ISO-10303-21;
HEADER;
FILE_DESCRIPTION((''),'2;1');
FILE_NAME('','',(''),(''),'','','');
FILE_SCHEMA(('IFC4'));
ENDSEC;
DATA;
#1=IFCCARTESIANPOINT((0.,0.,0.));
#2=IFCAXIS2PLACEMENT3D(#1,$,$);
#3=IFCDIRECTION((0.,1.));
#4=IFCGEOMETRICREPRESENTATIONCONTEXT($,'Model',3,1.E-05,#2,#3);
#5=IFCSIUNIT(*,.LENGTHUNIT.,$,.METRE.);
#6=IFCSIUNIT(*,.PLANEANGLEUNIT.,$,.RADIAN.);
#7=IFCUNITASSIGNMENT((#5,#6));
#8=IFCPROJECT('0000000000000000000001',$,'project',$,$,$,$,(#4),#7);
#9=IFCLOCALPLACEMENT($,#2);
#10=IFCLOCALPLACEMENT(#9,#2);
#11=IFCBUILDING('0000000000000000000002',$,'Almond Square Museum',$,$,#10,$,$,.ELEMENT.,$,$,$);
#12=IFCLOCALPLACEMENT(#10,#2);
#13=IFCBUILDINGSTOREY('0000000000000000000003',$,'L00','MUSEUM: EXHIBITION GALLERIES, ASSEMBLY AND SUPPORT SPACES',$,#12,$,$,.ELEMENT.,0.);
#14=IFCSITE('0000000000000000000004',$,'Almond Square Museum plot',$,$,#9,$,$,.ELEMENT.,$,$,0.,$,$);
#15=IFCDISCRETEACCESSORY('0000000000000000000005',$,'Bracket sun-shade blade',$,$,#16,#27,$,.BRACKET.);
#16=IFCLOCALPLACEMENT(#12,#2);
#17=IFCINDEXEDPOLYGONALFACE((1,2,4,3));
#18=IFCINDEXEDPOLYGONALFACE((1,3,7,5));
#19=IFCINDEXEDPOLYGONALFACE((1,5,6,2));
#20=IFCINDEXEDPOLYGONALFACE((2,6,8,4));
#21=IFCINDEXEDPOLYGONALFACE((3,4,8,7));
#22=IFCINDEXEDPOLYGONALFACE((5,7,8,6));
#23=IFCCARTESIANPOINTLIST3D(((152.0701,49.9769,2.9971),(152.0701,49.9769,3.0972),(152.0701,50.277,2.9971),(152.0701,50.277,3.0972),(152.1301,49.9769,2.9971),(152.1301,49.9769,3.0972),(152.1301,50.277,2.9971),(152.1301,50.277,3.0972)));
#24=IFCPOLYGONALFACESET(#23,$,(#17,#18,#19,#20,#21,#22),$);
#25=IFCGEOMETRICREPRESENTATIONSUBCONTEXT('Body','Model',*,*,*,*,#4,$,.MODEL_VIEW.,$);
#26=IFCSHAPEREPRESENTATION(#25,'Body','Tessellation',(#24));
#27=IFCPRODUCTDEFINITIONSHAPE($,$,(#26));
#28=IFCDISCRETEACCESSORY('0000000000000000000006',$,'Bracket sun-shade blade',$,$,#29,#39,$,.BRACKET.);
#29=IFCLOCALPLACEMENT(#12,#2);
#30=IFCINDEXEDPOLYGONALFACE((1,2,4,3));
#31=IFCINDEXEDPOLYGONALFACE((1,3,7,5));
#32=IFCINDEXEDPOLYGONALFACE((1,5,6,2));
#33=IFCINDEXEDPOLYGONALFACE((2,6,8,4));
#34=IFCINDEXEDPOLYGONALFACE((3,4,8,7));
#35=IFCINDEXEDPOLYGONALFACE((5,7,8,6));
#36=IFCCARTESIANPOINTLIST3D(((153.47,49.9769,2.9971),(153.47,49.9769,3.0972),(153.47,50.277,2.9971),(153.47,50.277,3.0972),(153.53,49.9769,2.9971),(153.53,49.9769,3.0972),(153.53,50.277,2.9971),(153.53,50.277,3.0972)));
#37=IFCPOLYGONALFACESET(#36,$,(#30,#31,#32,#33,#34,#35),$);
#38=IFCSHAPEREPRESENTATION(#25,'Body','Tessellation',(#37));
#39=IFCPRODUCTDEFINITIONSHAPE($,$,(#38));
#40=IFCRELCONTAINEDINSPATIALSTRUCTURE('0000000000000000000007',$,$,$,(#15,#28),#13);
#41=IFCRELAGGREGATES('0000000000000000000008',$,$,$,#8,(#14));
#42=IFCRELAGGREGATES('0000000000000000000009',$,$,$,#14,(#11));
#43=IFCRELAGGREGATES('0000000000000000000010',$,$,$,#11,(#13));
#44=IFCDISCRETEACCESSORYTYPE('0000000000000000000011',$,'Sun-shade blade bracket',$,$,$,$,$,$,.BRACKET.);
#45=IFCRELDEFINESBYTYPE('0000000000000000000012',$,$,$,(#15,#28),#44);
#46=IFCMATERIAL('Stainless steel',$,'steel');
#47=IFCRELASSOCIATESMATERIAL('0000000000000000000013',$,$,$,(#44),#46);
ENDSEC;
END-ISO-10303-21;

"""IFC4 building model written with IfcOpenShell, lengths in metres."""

from ifc_helpers import new_model, si_unit, direction, frame, origin, origin_2d, place, context, subcontext, project, spatial, rectangle, extrude, material, type_object, element, save


model = new_model("IFC4")

# Units and contexts
model_context = context("Model", 3, precision=1e-05, world=origin(), true_north=direction((0.0, 1.0)))
body_context = subcontext(model_context, "Body", "Model", "MODEL_VIEW")
ifc_project = project(units=[si_unit("LENGTHUNIT", "METRE"), si_unit("PLANEANGLEUNIT", "RADIAN")], contexts=[model_context])

# Site, building, storey
site_placement = place(None, origin())
site = spatial("IfcSite", under=ifc_project, at=site_placement, Name="Almond Square Museum plot", CompositionType="ELEMENT", RefElevation=0.0)
building_placement = place(site_placement, origin())
building = spatial("IfcBuilding", under=site, at=building_placement, Name="Almond Square Museum", CompositionType="ELEMENT")
storey_placement = place(building_placement, origin())
storey = spatial("IfcBuildingStorey", under=building, at=storey_placement, Name="L00", Description="MUSEUM: EXHIBITION GALLERIES, ASSEMBLY AND SUPPORT SPACES", CompositionType="ELEMENT", Elevation=0.0)

# Discrete accessories
ifc_material_1 = material(Name="Stainless steel", Category="steel")
discrete_accessory_type = type_object("IfcDiscreteAccessoryType", Name="Sun-shade blade bracket", PredefinedType="BRACKET", material=ifc_material_1)
for number, where, z_axis, x_axis, name in (
    (1, (152.1001, 50.127, 2.9971), (0.0, 0.0, 1.0), (1.0, 0.0, 0.0), "Bracket sun-shade blade"),
    (2, (153.5, 50.127, 2.9971), (0.0, 0.0, 1.0), (1.0, 0.0, 0.0), "Bracket sun-shade blade"),
):
    element("IfcDiscreteAccessory", number, at=place(storey_placement, frame(where, z_axis=z_axis, x_axis=x_axis)), inside=storey, type_object=discrete_accessory_type, Name=name, PredefinedType="BRACKET", context=body_context, shape_type="SweptSolid", body=[
        extrude(rectangle(XDim=0.0601, YDim=0.3, at=origin_2d()), origin(), (0.0, 0.0, 1.0), 0.1001),
    ])

save(model, "model.ifc")
